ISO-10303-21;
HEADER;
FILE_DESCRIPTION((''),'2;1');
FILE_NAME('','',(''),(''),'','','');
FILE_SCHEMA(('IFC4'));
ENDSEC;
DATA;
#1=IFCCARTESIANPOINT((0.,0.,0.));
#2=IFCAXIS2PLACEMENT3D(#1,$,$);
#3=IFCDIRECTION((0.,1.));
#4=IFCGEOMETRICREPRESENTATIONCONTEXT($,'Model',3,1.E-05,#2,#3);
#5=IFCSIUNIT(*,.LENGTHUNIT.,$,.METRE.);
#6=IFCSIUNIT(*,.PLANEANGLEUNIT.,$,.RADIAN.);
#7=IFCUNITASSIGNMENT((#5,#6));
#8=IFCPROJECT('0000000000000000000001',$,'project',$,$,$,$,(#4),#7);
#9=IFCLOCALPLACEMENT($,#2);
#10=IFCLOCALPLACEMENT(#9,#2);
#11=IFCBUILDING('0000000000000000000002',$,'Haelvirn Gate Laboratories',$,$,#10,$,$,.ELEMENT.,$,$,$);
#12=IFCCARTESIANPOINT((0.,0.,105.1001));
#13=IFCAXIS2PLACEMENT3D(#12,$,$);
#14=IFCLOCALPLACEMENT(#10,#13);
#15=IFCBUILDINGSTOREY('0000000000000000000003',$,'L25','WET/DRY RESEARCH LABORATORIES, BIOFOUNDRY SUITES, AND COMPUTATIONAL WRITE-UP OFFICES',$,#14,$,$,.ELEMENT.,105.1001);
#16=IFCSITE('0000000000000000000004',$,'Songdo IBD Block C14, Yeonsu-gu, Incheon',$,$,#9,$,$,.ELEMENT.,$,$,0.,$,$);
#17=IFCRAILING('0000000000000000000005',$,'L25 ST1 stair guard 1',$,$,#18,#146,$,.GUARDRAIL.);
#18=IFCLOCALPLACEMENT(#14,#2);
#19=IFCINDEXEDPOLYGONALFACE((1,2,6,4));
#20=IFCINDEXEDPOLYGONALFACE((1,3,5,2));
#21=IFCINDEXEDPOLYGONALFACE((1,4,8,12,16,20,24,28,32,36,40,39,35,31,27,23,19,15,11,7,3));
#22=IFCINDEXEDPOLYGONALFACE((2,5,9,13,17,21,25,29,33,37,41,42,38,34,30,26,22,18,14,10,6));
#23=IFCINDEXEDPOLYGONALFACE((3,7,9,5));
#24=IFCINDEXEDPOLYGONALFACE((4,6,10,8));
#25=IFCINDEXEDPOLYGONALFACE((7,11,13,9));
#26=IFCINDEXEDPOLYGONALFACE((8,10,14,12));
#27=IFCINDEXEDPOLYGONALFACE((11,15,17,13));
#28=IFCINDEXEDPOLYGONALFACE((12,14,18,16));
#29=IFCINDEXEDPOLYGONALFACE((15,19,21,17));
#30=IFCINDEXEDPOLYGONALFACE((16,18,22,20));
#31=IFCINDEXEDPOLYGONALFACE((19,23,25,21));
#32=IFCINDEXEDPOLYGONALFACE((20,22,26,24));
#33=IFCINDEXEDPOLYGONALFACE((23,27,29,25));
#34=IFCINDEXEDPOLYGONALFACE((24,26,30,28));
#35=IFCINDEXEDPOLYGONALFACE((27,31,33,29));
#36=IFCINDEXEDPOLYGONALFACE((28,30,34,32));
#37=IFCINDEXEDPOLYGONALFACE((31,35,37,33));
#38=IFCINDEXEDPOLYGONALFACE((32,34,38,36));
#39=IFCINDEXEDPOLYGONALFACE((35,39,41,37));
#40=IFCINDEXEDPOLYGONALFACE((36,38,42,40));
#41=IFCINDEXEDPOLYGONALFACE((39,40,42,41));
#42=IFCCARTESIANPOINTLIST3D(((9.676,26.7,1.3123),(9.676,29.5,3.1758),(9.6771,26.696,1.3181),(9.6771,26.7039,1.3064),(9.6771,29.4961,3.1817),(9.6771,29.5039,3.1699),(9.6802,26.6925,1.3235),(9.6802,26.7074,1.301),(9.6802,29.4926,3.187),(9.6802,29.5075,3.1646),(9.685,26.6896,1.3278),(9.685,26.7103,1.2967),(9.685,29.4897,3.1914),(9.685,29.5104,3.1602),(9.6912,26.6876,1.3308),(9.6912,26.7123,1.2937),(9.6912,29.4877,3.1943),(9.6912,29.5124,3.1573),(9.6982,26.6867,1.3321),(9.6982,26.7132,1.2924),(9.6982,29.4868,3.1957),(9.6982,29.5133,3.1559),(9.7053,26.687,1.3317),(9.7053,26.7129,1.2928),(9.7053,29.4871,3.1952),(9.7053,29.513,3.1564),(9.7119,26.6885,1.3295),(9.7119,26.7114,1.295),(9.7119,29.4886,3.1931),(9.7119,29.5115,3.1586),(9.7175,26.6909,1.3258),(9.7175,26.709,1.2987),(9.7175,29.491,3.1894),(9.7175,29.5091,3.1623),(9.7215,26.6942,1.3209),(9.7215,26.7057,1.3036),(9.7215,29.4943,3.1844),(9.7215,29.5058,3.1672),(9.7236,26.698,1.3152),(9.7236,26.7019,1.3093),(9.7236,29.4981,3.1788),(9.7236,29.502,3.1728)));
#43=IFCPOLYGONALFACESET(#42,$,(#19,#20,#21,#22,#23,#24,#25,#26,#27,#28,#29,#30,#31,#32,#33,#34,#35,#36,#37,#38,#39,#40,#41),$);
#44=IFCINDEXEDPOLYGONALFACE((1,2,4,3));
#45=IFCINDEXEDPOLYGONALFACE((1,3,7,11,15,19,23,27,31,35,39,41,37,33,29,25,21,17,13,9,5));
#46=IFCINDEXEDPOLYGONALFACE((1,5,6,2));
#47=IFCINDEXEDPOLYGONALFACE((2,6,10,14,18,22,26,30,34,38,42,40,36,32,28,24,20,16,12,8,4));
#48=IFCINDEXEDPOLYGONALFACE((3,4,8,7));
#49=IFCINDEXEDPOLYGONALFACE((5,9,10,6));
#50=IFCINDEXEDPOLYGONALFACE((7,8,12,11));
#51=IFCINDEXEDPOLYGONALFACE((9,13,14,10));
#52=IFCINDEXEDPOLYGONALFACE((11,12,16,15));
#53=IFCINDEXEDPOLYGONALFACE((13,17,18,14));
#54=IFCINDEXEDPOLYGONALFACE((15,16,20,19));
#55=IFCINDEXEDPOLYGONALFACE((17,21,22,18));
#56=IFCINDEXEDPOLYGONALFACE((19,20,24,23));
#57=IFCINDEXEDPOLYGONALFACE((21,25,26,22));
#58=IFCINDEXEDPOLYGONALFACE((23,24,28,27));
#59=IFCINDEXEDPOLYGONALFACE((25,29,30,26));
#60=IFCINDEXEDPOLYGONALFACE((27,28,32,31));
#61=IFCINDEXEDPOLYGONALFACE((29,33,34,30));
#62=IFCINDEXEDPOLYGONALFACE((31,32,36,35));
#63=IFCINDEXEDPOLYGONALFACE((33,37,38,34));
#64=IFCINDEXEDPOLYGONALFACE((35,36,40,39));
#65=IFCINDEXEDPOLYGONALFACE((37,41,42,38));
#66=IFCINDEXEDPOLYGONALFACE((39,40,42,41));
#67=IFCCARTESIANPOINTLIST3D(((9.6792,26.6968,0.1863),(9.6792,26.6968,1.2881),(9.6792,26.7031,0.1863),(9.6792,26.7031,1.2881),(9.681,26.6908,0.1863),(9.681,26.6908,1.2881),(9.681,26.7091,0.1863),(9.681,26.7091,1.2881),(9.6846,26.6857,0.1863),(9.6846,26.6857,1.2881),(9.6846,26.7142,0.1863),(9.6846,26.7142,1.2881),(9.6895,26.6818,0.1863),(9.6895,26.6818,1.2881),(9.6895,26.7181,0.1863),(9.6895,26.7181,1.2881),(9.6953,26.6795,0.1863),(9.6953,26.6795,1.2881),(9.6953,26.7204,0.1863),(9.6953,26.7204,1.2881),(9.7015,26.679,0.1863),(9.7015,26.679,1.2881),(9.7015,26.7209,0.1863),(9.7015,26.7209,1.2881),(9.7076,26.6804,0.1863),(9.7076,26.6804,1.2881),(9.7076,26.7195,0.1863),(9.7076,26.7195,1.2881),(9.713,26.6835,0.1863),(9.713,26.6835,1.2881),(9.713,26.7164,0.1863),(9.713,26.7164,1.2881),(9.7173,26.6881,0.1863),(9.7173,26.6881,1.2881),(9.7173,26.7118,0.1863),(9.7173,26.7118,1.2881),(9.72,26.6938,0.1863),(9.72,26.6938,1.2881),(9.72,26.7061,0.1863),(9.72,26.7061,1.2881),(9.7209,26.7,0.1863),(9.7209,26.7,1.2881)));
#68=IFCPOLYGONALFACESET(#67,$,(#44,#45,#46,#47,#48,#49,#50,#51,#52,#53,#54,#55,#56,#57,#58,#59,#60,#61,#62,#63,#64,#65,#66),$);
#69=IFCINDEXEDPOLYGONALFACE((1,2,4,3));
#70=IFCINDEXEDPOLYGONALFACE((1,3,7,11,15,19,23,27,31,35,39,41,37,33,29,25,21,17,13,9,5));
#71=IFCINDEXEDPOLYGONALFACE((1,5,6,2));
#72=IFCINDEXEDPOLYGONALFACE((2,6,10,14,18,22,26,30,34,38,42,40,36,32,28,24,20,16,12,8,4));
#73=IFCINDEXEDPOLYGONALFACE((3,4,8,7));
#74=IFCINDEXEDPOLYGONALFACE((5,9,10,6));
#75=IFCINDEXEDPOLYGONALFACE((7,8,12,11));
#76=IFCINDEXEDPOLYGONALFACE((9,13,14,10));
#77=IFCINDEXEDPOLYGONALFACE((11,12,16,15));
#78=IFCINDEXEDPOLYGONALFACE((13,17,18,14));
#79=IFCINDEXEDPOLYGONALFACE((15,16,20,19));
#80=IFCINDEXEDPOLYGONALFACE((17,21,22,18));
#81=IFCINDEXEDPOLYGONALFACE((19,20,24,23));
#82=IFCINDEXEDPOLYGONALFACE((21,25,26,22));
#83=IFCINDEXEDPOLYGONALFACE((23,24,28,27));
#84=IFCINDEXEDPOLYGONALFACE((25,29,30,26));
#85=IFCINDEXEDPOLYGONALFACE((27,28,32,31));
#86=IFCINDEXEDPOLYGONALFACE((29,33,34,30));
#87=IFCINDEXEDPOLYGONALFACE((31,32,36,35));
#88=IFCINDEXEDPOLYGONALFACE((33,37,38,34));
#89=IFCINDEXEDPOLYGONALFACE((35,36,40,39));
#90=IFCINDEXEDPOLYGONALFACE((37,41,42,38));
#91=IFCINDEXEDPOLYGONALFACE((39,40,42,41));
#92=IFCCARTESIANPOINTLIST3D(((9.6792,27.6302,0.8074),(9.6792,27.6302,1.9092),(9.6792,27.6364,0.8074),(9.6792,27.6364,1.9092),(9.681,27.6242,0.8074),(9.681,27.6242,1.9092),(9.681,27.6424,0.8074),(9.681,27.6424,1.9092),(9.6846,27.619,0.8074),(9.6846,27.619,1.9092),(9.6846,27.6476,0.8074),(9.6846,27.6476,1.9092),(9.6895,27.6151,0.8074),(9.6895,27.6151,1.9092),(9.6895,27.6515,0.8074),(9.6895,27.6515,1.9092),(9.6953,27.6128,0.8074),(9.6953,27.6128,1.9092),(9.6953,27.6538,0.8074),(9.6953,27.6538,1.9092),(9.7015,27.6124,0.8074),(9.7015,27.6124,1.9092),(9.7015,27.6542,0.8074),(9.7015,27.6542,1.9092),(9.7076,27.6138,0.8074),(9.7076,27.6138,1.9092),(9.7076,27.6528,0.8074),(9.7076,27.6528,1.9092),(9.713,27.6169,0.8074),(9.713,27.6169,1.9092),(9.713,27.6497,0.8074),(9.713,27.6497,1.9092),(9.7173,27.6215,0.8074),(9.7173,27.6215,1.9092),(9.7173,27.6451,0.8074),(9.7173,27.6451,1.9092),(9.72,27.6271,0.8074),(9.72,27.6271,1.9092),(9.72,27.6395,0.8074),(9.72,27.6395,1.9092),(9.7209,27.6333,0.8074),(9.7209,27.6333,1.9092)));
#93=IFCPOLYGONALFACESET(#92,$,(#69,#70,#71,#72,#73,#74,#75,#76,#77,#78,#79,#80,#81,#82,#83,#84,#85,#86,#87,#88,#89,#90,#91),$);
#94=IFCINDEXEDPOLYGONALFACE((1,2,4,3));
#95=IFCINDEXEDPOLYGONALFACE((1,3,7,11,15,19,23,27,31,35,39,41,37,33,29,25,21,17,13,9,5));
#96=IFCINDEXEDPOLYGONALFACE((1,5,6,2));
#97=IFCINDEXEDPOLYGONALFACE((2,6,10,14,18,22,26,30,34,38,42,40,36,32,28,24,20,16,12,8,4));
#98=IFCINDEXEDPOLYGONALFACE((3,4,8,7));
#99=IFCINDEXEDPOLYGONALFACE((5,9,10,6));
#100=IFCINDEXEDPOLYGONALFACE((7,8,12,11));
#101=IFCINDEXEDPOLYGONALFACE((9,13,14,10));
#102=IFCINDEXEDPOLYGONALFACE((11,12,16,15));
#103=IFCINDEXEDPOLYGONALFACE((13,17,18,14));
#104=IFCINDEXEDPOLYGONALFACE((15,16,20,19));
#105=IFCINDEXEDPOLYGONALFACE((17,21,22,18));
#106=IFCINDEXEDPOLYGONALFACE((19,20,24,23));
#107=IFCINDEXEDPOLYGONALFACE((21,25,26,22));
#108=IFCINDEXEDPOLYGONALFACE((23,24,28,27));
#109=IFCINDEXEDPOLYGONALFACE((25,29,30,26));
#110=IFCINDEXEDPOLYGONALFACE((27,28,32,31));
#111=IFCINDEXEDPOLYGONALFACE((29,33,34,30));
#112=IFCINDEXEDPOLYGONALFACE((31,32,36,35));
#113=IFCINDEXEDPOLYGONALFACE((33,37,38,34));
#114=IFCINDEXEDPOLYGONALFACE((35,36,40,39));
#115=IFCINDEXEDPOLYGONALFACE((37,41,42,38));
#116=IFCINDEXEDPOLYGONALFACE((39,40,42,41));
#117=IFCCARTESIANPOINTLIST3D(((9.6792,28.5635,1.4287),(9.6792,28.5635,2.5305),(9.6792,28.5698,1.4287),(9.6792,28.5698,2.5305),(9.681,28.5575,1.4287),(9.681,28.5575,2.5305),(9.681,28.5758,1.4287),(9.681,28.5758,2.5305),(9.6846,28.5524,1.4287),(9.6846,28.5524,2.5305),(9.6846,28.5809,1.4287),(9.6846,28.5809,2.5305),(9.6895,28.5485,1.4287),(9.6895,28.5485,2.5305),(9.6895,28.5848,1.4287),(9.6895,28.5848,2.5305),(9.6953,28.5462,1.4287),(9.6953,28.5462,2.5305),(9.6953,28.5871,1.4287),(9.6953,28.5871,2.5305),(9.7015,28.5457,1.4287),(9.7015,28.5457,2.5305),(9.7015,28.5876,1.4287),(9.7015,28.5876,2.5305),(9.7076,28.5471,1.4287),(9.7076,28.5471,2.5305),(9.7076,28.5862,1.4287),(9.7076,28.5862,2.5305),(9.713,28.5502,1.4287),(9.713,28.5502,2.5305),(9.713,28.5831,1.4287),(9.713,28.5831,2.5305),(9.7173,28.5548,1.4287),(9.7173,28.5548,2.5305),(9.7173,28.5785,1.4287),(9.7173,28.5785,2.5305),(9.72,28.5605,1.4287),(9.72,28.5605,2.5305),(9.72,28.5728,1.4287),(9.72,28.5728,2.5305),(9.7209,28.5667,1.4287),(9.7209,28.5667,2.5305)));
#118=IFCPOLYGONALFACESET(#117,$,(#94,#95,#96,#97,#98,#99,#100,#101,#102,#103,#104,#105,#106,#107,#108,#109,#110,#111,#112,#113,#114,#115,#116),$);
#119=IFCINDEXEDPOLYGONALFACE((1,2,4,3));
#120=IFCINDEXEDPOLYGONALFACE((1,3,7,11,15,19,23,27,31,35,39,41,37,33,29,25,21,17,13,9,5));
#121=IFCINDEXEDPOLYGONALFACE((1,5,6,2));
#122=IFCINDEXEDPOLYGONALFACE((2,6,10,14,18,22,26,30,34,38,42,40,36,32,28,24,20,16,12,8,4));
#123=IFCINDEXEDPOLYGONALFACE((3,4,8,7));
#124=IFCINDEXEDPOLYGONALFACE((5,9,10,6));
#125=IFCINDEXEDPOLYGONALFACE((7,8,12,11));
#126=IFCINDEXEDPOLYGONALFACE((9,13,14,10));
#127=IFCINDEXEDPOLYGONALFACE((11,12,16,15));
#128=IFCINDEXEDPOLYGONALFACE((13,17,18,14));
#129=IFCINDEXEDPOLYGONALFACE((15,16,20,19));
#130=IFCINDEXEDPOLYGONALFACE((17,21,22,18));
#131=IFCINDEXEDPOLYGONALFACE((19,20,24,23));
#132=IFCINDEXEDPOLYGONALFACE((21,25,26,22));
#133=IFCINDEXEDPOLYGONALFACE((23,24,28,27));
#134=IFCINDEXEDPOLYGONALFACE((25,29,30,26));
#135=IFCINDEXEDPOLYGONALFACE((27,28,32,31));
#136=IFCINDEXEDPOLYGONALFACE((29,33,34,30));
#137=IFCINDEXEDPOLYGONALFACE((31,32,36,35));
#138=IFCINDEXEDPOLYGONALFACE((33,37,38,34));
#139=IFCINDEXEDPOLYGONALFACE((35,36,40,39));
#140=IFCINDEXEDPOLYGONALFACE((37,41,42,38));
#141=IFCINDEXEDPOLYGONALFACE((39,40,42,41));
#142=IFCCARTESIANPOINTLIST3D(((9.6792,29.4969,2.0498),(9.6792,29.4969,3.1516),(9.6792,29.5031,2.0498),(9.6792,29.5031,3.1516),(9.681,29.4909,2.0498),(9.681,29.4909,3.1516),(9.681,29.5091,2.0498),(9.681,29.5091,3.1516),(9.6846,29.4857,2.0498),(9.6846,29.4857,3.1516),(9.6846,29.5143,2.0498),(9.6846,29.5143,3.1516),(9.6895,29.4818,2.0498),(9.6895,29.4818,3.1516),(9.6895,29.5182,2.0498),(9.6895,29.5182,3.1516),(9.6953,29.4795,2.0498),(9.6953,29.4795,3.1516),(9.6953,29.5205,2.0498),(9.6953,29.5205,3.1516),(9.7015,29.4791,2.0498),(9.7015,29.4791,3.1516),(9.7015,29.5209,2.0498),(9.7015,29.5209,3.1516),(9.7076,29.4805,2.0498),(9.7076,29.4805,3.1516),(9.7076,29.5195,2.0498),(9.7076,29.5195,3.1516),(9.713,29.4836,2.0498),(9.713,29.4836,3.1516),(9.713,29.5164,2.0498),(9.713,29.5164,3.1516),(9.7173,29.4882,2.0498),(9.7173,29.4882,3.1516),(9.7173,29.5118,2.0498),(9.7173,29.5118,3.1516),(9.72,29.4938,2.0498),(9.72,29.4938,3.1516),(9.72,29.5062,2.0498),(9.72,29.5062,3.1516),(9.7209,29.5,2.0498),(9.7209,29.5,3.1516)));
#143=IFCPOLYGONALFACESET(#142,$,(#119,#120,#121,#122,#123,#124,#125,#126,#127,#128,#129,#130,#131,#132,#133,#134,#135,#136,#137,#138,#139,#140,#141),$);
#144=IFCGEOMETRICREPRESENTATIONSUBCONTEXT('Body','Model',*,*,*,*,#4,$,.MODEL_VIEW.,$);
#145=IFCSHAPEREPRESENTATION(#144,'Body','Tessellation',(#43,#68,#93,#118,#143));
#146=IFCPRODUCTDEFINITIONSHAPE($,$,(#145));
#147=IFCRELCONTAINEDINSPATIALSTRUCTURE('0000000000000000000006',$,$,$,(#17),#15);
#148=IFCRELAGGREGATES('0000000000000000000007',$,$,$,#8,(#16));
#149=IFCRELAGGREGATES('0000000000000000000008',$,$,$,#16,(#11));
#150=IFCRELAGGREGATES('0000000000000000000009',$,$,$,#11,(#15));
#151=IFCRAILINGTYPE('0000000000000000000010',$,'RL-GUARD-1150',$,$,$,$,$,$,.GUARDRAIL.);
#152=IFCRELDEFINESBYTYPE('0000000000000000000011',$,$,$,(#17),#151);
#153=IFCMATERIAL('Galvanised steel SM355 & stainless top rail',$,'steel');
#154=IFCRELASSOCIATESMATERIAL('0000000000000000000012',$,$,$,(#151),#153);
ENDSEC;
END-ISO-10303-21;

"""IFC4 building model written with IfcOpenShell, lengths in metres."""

from ifc_helpers import new_model, si_unit, direction, frame, origin, origin_2d, place, context, subcontext, project, spatial, circle, extrude, source, transform, mapped, material, type_object, element, save


model = new_model("IFC4")

# Units and contexts
model_context = context("Model", 3, precision=1e-05, world=origin(), true_north=direction((0.0, 1.0)))
body_context = subcontext(model_context, "Body", "Model", "MODEL_VIEW")
ifc_project = project(units=[si_unit("LENGTHUNIT", "METRE"), si_unit("PLANEANGLEUNIT", "RADIAN")], contexts=[model_context])

# Site, building, storey
site_placement = place(None, origin())
site = spatial("IfcSite", under=ifc_project, at=site_placement, Name="Songdo IBD Block C14, Yeonsu-gu, Incheon", CompositionType="ELEMENT", RefElevation=0.0)
building_placement = place(site_placement, origin())
building = spatial("IfcBuilding", under=site, at=building_placement, Name="Haelvirn Gate Laboratories", CompositionType="ELEMENT")
storey_placement = place(building_placement, frame((0.0, 0.0, 105.1001)))
storey = spatial("IfcBuildingStorey", under=building, at=storey_placement, Name="L25", Description="WET/DRY RESEARCH LABORATORIES, BIOFOUNDRY SUITES, AND COMPUTATIONAL WRITE-UP OFFICES", CompositionType="ELEMENT", Elevation=105.1001)

# Railing
ifc_material_1 = material(Name="Galvanised steel SM355 & stainless top rail", Category="steel")
railing_type_1 = type_object("IfcRailingType", Name="RL-GUARD-1150", PredefinedType="GUARDRAIL", material=ifc_material_1)
shared_shape_1 = source(origin(), body_context, "Body", "SweptSolid", [
    extrude(circle(Radius=0.0239, at=origin_2d()), frame((0.0, 0.0, 1.126), z_axis=(0.0, 0.832486, 0.554047), x_axis=(-1.0, 0.0, 0.0)), (0.0, 0.0, 1.0), 3.3635),
    extrude(circle(Radius=0.021, at=origin_2d()), origin(), (0.0, 0.0, 1.0), 1.1018),
    extrude(circle(Radius=0.021, at=origin_2d()), frame((0.0, 0.9333, 0.6211)), (0.0, 0.0, 1.0), 1.1018),
    extrude(circle(Radius=0.021, at=origin_2d()), frame((0.0, 1.8667, 1.2424)), (0.0, 0.0, 1.0), 1.1018),
    extrude(circle(Radius=0.021, at=origin_2d()), frame((0.0, 2.8, 1.8635)), (0.0, 0.0, 1.0), 1.1018),
])
railing_1_placement = place(storey_placement, frame((9.7, 26.7, 0.1863)))
element("IfcRailing", 1, at=railing_1_placement, inside=storey, type_object=railing_type_1, Name="L25 ST1 stair guard 1", PredefinedType="GUARDRAIL", context=body_context, shape_type="MappedRepresentation", body=[
    mapped(shared_shape_1, transform((0.0, 0.0, 0.0), scale=1.0)),
])

save(model, "model.ifc")
